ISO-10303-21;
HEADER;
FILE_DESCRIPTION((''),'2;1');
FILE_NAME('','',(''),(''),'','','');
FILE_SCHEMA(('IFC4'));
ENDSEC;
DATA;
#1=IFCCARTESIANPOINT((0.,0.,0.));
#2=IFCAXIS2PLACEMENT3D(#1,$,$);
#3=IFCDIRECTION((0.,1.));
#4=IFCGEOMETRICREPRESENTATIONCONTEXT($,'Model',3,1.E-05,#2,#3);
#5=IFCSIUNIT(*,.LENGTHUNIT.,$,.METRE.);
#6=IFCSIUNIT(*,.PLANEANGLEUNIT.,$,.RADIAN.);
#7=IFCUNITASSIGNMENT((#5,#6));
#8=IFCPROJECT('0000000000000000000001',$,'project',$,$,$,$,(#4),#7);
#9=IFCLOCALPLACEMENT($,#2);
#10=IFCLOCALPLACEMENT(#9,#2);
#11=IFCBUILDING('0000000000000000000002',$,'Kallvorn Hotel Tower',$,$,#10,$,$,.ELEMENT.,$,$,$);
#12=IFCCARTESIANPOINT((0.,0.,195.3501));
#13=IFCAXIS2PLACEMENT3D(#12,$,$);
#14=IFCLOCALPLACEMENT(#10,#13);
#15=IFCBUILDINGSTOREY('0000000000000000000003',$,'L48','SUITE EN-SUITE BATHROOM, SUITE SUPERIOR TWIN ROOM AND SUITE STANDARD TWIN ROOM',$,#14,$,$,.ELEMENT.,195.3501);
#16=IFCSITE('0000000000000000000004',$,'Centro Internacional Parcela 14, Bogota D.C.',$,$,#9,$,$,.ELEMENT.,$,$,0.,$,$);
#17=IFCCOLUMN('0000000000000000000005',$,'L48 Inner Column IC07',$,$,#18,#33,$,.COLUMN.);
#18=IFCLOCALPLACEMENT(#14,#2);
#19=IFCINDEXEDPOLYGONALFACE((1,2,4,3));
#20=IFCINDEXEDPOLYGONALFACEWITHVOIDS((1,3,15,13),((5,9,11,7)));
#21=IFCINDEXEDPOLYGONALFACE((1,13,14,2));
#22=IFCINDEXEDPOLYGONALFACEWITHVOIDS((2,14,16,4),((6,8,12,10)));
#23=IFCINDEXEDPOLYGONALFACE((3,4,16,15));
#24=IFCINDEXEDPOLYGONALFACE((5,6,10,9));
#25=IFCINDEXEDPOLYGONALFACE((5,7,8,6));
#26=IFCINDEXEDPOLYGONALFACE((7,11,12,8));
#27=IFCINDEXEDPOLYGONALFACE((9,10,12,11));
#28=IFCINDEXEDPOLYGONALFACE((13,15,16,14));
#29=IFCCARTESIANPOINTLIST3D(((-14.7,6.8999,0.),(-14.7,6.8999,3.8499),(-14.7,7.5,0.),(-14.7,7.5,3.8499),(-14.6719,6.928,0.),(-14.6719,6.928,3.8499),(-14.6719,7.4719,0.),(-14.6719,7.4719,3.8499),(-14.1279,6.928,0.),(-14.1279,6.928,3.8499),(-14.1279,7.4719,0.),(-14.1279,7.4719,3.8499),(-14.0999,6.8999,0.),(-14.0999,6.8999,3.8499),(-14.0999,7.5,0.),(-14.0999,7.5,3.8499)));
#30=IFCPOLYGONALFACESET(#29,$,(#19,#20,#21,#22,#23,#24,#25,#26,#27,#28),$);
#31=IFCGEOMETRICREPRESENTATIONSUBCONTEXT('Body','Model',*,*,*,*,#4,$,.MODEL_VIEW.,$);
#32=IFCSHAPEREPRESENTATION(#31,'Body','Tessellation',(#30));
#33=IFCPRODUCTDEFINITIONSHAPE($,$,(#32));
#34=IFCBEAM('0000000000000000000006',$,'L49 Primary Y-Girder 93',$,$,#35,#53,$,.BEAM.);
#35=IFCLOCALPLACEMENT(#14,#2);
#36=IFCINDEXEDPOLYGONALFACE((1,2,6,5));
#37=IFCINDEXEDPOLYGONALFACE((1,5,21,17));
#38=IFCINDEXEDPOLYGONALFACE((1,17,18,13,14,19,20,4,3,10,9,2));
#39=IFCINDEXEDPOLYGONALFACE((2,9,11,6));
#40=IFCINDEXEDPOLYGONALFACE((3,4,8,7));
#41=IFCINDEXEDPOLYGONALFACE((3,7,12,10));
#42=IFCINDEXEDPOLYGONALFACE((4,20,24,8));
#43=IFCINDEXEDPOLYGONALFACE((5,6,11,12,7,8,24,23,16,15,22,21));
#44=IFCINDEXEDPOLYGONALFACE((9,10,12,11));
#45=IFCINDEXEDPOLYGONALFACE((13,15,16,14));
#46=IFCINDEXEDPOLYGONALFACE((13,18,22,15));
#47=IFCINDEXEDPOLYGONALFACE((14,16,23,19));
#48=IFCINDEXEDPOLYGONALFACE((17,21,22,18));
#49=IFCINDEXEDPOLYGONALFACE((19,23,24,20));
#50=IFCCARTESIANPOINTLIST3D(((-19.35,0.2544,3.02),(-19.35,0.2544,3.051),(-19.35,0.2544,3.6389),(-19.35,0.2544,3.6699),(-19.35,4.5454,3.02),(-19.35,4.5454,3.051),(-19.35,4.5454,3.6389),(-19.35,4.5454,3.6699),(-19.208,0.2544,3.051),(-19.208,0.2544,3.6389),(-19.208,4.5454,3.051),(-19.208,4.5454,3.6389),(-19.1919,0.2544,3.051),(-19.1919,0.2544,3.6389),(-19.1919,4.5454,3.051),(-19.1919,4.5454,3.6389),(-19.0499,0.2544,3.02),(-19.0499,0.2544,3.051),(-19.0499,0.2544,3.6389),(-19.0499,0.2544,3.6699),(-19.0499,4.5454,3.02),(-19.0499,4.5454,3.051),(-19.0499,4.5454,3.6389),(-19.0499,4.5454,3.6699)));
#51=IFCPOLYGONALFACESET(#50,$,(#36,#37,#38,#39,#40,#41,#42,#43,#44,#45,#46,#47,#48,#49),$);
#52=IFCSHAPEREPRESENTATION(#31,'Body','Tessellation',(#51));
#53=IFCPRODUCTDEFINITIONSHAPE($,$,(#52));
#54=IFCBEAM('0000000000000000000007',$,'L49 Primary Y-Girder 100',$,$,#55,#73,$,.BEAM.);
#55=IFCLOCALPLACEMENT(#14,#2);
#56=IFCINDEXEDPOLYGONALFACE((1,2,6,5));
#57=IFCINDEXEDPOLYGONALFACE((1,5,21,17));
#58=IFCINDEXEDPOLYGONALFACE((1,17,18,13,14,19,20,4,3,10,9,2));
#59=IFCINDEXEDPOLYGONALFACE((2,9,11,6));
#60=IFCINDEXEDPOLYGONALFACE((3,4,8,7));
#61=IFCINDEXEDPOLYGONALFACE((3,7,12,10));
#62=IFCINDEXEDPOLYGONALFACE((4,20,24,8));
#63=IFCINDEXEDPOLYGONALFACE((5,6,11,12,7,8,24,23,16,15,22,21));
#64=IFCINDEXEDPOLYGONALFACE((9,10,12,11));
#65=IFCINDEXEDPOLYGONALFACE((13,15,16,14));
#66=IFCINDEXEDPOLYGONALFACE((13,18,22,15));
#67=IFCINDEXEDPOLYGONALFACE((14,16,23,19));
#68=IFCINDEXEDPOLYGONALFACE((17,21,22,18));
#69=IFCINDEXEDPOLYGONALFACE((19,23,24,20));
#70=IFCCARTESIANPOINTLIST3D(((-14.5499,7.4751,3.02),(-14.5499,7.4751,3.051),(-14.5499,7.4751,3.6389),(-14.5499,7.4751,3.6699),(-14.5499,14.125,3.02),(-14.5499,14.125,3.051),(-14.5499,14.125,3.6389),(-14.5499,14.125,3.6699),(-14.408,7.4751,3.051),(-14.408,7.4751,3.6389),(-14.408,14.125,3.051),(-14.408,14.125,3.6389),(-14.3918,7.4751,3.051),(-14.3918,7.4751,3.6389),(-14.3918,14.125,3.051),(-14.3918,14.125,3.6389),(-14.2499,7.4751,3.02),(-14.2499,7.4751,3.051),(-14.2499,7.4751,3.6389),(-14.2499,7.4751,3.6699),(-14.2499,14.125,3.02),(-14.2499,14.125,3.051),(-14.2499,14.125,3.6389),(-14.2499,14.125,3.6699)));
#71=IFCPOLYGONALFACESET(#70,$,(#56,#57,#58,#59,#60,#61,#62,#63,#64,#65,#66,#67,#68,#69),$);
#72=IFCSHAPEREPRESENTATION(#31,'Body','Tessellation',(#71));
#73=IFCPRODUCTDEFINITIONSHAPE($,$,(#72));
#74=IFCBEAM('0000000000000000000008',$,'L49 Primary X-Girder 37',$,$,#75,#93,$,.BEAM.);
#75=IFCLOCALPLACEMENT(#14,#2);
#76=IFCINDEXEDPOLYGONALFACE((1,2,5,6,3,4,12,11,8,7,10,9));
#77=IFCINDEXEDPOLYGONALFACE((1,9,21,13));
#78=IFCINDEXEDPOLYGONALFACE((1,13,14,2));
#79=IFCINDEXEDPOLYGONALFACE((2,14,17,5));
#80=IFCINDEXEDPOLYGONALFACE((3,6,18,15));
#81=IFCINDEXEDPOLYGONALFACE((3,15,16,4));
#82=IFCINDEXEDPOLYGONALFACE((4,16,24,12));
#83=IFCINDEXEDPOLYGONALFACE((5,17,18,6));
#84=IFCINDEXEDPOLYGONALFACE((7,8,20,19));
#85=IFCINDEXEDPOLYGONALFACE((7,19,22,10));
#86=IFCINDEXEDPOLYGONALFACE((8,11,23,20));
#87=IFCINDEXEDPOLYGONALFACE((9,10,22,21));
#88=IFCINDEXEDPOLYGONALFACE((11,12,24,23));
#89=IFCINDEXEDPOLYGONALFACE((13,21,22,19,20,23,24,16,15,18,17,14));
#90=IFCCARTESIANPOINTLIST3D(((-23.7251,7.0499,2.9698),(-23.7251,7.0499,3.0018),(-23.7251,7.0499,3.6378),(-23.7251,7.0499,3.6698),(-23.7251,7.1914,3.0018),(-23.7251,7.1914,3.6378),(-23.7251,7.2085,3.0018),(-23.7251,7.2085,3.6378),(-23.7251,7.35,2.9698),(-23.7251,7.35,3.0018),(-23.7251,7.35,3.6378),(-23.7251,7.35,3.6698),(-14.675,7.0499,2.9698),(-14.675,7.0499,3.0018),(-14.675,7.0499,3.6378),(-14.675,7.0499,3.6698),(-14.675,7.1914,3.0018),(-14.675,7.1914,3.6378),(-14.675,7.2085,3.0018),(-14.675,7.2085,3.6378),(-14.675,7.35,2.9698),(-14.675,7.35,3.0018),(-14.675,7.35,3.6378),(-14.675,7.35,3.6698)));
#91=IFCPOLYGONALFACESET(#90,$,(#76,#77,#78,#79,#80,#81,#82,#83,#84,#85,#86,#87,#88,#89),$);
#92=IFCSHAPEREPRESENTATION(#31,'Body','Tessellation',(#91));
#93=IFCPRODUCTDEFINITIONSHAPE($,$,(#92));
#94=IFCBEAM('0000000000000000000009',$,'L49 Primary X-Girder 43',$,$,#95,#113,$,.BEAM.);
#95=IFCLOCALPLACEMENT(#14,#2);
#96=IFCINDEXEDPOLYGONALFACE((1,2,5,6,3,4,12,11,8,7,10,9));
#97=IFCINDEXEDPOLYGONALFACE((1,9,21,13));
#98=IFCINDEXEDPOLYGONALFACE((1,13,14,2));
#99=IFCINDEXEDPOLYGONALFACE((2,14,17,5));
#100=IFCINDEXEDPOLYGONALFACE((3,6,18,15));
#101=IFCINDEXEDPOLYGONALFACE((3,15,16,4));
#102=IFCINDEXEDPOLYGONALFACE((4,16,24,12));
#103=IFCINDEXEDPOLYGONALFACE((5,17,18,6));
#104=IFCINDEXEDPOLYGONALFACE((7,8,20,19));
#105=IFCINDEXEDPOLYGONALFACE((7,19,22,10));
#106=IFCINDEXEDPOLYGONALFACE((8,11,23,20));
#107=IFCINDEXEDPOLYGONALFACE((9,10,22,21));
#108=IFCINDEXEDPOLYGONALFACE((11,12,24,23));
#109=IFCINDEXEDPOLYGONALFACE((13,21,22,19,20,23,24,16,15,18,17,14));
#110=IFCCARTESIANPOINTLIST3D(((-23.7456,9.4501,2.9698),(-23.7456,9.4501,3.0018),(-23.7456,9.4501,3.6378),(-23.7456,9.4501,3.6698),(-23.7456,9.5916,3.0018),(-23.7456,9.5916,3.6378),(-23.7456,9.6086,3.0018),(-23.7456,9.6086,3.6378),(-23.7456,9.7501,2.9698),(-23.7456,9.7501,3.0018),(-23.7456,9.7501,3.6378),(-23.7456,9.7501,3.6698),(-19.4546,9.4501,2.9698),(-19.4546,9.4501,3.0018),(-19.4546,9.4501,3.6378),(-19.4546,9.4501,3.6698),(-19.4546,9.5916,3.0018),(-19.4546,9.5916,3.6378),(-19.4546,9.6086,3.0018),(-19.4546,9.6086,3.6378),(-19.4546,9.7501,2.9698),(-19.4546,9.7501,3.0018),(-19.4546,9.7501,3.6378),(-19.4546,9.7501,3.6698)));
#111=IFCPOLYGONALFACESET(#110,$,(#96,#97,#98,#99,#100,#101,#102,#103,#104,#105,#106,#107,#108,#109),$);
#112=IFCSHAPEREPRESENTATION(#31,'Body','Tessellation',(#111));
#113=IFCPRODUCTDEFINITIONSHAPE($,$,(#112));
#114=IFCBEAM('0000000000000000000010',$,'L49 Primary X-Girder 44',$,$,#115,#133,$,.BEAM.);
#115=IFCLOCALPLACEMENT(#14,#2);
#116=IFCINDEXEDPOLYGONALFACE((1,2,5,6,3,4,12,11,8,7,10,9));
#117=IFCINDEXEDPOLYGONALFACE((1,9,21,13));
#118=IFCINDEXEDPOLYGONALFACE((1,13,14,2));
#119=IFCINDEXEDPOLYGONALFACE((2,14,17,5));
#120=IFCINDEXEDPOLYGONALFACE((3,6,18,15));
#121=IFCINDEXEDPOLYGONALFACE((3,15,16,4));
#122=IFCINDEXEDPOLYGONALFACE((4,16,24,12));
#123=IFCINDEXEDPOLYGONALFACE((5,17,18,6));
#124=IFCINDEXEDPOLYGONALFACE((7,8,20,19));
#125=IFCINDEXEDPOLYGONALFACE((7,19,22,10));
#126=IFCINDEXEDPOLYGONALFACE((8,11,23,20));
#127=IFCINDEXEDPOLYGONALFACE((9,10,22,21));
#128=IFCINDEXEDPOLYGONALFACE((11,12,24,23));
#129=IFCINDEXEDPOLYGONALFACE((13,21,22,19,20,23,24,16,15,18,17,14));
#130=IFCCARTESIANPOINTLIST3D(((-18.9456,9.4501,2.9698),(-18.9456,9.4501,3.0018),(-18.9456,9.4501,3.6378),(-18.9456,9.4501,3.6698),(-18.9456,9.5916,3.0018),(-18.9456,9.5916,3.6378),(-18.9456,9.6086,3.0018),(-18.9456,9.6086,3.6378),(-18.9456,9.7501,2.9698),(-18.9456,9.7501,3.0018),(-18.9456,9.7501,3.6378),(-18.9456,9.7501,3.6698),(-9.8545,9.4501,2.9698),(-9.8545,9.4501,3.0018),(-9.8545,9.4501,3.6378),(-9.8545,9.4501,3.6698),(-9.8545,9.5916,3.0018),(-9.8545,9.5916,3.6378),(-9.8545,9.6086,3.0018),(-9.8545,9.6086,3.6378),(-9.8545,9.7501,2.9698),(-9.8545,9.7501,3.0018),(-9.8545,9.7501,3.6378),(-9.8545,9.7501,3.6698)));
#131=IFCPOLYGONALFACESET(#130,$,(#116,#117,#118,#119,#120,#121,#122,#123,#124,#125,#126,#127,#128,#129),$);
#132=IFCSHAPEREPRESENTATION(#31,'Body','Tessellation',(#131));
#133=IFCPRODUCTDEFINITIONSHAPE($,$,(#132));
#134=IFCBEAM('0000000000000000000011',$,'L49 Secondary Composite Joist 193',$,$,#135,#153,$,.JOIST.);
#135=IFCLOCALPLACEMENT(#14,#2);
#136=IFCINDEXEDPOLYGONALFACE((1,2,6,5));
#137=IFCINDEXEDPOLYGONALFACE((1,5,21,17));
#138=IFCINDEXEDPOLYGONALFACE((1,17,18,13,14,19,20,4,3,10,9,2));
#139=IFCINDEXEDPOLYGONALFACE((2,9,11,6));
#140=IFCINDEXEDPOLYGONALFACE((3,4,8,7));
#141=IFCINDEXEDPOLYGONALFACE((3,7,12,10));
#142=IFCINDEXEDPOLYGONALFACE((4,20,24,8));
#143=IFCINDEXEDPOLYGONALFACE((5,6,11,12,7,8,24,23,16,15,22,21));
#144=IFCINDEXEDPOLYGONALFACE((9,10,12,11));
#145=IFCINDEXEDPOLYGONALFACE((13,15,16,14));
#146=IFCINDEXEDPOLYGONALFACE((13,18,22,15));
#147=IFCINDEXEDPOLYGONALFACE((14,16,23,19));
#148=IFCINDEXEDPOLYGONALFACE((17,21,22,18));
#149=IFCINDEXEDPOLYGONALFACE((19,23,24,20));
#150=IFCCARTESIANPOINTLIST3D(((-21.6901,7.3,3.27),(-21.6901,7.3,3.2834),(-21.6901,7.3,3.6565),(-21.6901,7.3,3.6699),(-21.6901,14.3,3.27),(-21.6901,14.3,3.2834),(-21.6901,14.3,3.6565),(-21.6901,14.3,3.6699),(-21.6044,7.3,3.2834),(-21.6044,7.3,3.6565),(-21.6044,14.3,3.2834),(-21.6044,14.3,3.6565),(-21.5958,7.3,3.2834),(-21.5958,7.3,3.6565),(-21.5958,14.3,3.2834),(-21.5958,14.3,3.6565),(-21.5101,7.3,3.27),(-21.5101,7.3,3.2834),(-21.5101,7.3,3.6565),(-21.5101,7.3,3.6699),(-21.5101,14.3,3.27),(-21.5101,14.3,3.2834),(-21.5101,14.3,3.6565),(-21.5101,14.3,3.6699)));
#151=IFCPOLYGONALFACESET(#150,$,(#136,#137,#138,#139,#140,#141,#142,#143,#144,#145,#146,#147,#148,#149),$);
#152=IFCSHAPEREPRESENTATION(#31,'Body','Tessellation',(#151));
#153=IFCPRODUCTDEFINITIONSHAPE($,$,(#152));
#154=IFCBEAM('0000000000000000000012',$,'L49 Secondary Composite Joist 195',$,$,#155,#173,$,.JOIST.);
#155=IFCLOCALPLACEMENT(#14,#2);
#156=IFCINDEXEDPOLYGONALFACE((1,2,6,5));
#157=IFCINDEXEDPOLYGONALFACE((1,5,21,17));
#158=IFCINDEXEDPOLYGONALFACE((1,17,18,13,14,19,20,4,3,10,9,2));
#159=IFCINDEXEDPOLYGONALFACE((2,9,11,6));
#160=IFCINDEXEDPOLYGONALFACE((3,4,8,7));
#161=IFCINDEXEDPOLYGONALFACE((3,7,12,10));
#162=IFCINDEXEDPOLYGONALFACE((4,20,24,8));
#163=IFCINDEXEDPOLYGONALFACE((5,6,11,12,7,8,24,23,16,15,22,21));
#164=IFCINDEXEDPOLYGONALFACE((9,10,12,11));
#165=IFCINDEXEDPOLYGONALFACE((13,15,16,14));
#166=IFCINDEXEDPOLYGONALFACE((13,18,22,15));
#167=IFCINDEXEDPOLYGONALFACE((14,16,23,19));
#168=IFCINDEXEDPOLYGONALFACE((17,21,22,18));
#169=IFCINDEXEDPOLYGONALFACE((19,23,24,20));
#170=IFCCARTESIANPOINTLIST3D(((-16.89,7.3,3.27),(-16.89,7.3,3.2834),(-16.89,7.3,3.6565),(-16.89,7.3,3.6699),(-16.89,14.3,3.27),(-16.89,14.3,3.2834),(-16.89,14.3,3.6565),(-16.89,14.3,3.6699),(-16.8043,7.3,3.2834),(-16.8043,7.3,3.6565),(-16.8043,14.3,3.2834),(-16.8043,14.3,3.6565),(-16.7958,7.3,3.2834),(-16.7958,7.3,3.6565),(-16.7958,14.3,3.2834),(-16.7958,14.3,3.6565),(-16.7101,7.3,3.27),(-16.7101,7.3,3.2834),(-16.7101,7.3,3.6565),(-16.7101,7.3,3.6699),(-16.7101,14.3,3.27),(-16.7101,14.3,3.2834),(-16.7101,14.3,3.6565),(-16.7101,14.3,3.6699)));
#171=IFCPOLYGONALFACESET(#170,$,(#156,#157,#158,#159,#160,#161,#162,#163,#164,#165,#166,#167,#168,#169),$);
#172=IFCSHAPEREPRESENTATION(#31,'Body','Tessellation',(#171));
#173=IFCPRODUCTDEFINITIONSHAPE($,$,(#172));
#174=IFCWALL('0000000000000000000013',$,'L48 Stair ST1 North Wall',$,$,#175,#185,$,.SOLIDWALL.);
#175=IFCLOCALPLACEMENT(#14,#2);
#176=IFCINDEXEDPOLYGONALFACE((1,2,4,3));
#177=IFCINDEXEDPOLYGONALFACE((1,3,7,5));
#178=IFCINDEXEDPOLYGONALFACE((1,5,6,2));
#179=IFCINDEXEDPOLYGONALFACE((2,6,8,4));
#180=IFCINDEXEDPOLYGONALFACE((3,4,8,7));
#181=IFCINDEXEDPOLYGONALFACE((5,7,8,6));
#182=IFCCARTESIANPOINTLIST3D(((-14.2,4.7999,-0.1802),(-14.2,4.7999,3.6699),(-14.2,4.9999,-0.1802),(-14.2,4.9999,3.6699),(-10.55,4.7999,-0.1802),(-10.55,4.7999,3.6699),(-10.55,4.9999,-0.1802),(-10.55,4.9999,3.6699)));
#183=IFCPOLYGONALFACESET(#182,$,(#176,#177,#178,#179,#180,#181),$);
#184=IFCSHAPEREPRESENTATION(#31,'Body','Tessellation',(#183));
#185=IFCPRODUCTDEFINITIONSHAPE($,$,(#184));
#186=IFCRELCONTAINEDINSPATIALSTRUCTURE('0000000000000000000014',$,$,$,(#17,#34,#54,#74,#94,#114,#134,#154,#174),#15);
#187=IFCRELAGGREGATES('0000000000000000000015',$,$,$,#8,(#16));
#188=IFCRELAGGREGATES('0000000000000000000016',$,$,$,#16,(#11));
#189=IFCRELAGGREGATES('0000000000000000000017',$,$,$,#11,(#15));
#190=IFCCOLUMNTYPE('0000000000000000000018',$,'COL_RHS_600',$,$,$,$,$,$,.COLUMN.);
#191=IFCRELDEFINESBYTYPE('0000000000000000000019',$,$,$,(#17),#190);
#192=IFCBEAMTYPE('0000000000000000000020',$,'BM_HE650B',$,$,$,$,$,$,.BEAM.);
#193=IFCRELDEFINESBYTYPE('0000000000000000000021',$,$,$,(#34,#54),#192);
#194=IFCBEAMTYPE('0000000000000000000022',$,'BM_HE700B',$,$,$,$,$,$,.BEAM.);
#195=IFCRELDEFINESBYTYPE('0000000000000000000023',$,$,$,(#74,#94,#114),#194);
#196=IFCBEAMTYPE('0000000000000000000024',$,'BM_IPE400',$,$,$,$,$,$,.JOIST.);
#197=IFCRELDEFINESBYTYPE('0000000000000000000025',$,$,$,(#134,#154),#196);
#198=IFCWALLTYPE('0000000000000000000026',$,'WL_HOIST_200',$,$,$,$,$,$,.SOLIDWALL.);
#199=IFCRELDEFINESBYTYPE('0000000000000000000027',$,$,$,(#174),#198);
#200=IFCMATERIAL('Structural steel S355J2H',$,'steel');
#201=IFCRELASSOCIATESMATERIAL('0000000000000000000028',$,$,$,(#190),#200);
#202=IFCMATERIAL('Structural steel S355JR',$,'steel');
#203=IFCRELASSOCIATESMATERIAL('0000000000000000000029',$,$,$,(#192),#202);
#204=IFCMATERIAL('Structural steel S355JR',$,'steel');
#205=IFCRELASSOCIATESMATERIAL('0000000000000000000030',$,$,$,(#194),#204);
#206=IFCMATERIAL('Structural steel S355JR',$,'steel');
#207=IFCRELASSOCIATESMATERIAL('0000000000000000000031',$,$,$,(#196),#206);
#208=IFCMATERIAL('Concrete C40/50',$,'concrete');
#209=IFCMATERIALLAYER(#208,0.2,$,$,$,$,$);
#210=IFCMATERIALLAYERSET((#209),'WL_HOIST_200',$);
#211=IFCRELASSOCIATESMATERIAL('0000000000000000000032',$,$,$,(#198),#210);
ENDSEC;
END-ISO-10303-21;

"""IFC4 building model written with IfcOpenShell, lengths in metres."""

from ifc_helpers import new_model, si_unit, direction, frame, frame_2d, origin, origin_2d, place, context, subcontext, project, spatial, rectangle, hollow_rectangle, i_section, extrude, material, layer, layer_set, material_profile, profile_set, type_object, element, save


model = new_model("IFC4")

# Units and contexts
model_context = context("Model", 3, precision=1e-05, world=origin(), true_north=direction((0.0, 1.0)))
body_context = subcontext(model_context, "Body", "Model", "MODEL_VIEW")
ifc_project = project(units=[si_unit("LENGTHUNIT", "METRE"), si_unit("PLANEANGLEUNIT", "RADIAN")], contexts=[model_context])

# Site, building, storey
site_placement = place(None, origin())
site = spatial("IfcSite", under=ifc_project, at=site_placement, Name="Centro Internacional Parcela 14, Bogota D.C.", CompositionType="ELEMENT", RefElevation=0.0)
building_placement = place(site_placement, origin())
building = spatial("IfcBuilding", under=site, at=building_placement, Name="Kallvorn Hotel Tower", CompositionType="ELEMENT")
storey_placement = place(building_placement, frame((0.0, 0.0, 195.3501)))
storey = spatial("IfcBuildingStorey", under=building, at=storey_placement, Name="L48", Description="SUITE EN-SUITE BATHROOM, SUITE SUPERIOR TWIN ROOM AND SUITE STANDARD TWIN ROOM", CompositionType="ELEMENT", Elevation=195.3501)

# Column
ifc_material_1 = material(Name="Structural steel S355J2H", Category="steel")
ifc_material_profile_1 = material_profile(ifc_material_1, hollow_rectangle(XDim=0.6001, YDim=0.6001, WallThickness=0.0281, at=origin_2d()), Name="RHS 600x600x28")
ifc_profile_set_1 = profile_set([ifc_material_profile_1], Name="Structural steel S355J2H")
column_type_1 = type_object("IfcColumnType", Name="COL_RHS_600", PredefinedType="COLUMN", material=ifc_profile_set_1)
column_placement = place(storey_placement, frame((-14.3999, 7.2, 0.0), z_axis=(0.0, 0.0, 1.0), x_axis=(1.0, 0.0, 0.0)))
element("IfcColumn", 1, at=column_placement, inside=storey, type_object=column_type_1, Name="L48 Inner Column IC07", PredefinedType="COLUMN", context=body_context, shape_type="SweptSolid", body=[
    extrude(hollow_rectangle(XDim=0.6001, YDim=0.6001, WallThickness=0.0281, at=origin_2d()), origin(), (0.0, 0.0, 1.0), 3.8499),
])

# Beams
ifc_material_2 = material(Name="Structural steel S355JR", Category="steel")
ifc_material_profile_2 = material_profile(ifc_material_2, i_section(OverallWidth=0.3, OverallDepth=0.6499, WebThickness=0.0161, FlangeThickness=0.031, at=origin_2d()), Name="HE 650 B")
ifc_profile_set_2 = profile_set([ifc_material_profile_2], Name="Structural steel S355JR")
beam_type_1 = type_object("IfcBeamType", Name="BM_HE650B", PredefinedType="BEAM", material=ifc_profile_set_2)
beam_1_placement = place(storey_placement, frame((-19.2, 0.2544, 3.345), z_axis=(0.0, 1.0, 0.0), x_axis=(-1.0, 0.0, 0.0)))
element("IfcBeam", 2, at=beam_1_placement, inside=storey, type_object=beam_type_1, Name="L49 Primary Y-Girder 93", PredefinedType="BEAM", context=body_context, shape_type="SweptSolid", body=[
    extrude(i_section(OverallWidth=0.3, OverallDepth=0.6499, WebThickness=0.0161, FlangeThickness=0.031, at=origin_2d()), origin(), (0.0, 0.0, 1.0), 4.291),
])
beam_2_placement = place(storey_placement, frame((-14.3999, 7.4751, 3.345), z_axis=(0.0, 1.0, 0.0), x_axis=(-1.0, 0.0, 0.0)))
element("IfcBeam", 3, at=beam_2_placement, inside=storey, type_object=beam_type_1, Name="L49 Primary Y-Girder 100", PredefinedType="BEAM", context=body_context, shape_type="SweptSolid", body=[
    extrude(i_section(OverallWidth=0.3, OverallDepth=0.6499, WebThickness=0.0161, FlangeThickness=0.031, at=origin_2d()), origin(), (0.0, 0.0, 1.0), 6.6499),
])
ifc_material_3 = material(Name="Structural steel S355JR", Category="steel")
ifc_material_profile_3 = material_profile(ifc_material_3, i_section(OverallWidth=0.3, OverallDepth=0.7, WebThickness=0.0171, FlangeThickness=0.032, at=origin_2d()), Name="HE 700 B")
ifc_profile_set_3 = profile_set([ifc_material_profile_3], Name="Structural steel S355JR")
beam_type_2 = type_object("IfcBeamType", Name="BM_HE700B", PredefinedType="BEAM", material=ifc_profile_set_3)
beam_3_placement = place(storey_placement, frame((-23.7251, 7.2, 3.3198), z_axis=(1.0, 0.0, 0.0), x_axis=(0.0, 1.0, 0.0)))
element("IfcBeam", 4, at=beam_3_placement, inside=storey, type_object=beam_type_2, Name="L49 Primary X-Girder 37", PredefinedType="BEAM", context=body_context, shape_type="SweptSolid", body=[
    extrude(i_section(OverallWidth=0.3, OverallDepth=0.7, WebThickness=0.0171, FlangeThickness=0.032, at=origin_2d()), origin(), (0.0, 0.0, 1.0), 9.05),
])
beam_4_placement = place(storey_placement, frame((-23.7456, 9.6001, 3.3198), z_axis=(1.0, 0.0, 0.0), x_axis=(0.0, 1.0, 0.0)))
element("IfcBeam", 5, at=beam_4_placement, inside=storey, type_object=beam_type_2, Name="L49 Primary X-Girder 43", PredefinedType="BEAM", context=body_context, shape_type="SweptSolid", body=[
    extrude(i_section(OverallWidth=0.3, OverallDepth=0.7, WebThickness=0.0171, FlangeThickness=0.032, at=origin_2d()), origin(), (0.0, 0.0, 1.0), 4.291),
])
beam_5_placement = place(storey_placement, frame((-18.9456, 9.6001, 3.3198), z_axis=(1.0, 0.0, 0.0), x_axis=(0.0, 1.0, 0.0)))
element("IfcBeam", 6, at=beam_5_placement, inside=storey, type_object=beam_type_2, Name="L49 Primary X-Girder 44", PredefinedType="BEAM", context=body_context, shape_type="SweptSolid", body=[
    extrude(i_section(OverallWidth=0.3, OverallDepth=0.7, WebThickness=0.0171, FlangeThickness=0.032, at=origin_2d()), origin(), (0.0, 0.0, 1.0), 9.0911),
])
ifc_material_4 = material(Name="Structural steel S355JR", Category="steel")
ifc_material_profile_4 = material_profile(ifc_material_4, i_section(OverallWidth=0.1799, OverallDepth=0.3999, WebThickness=0.0085, FlangeThickness=0.0134, at=origin_2d()), Name="IPE 400")
ifc_profile_set_4 = profile_set([ifc_material_profile_4], Name="Structural steel S355JR")
beam_type_3 = type_object("IfcBeamType", Name="BM_IPE400", PredefinedType="JOIST", material=ifc_profile_set_4)
for number, where, z_axis, x_axis, name in (
    (7, (-21.6001, 7.3, 3.47), (0.0, 1.0, 0.0), (-1.0, 0.0, 0.0), "L49 Secondary Composite Joist 193"),
    (8, (-16.8, 7.3, 3.47), (0.0, 1.0, 0.0), (-1.0, 0.0, 0.0), "L49 Secondary Composite Joist 195"),
):
    element("IfcBeam", number, at=place(storey_placement, frame(where, z_axis=z_axis, x_axis=x_axis)), inside=storey, type_object=beam_type_3, Name=name, PredefinedType="JOIST", context=body_context, shape_type="SweptSolid", body=[
        extrude(i_section(OverallWidth=0.1799, OverallDepth=0.3999, WebThickness=0.0085, FlangeThickness=0.0134, at=origin_2d()), origin(), (0.0, 0.0, 1.0), 7.0),
    ])

# Wall
ifc_material_5 = material(Name="Concrete C40/50", Category="concrete")
ifc_layer_1 = layer(ifc_material_5, 0.2)
ifc_layer_set_1 = layer_set([ifc_layer_1], Name="WL_HOIST_200")
wall_type_1 = type_object("IfcWallType", Name="WL_HOIST_200", PredefinedType="SOLIDWALL", material=ifc_layer_set_1)
wall_1_placement = place(storey_placement, frame((-14.2, 4.8999, -0.1802), z_axis=(0.0, 0.0, 1.0), x_axis=(1.0, 0.0, 0.0)))
element("IfcWall", 9, at=wall_1_placement, inside=storey, type_object=wall_type_1, Name="L48 Stair ST1 North Wall", PredefinedType="SOLIDWALL", context=body_context, shape_type="SweptSolid", body=[
    extrude(rectangle(XDim=3.6499, YDim=0.2, at=frame_2d((1.825, 0.0))), origin(), (0.0, 0.0, 1.0), 3.8501),
])

save(model, "model.ifc")
